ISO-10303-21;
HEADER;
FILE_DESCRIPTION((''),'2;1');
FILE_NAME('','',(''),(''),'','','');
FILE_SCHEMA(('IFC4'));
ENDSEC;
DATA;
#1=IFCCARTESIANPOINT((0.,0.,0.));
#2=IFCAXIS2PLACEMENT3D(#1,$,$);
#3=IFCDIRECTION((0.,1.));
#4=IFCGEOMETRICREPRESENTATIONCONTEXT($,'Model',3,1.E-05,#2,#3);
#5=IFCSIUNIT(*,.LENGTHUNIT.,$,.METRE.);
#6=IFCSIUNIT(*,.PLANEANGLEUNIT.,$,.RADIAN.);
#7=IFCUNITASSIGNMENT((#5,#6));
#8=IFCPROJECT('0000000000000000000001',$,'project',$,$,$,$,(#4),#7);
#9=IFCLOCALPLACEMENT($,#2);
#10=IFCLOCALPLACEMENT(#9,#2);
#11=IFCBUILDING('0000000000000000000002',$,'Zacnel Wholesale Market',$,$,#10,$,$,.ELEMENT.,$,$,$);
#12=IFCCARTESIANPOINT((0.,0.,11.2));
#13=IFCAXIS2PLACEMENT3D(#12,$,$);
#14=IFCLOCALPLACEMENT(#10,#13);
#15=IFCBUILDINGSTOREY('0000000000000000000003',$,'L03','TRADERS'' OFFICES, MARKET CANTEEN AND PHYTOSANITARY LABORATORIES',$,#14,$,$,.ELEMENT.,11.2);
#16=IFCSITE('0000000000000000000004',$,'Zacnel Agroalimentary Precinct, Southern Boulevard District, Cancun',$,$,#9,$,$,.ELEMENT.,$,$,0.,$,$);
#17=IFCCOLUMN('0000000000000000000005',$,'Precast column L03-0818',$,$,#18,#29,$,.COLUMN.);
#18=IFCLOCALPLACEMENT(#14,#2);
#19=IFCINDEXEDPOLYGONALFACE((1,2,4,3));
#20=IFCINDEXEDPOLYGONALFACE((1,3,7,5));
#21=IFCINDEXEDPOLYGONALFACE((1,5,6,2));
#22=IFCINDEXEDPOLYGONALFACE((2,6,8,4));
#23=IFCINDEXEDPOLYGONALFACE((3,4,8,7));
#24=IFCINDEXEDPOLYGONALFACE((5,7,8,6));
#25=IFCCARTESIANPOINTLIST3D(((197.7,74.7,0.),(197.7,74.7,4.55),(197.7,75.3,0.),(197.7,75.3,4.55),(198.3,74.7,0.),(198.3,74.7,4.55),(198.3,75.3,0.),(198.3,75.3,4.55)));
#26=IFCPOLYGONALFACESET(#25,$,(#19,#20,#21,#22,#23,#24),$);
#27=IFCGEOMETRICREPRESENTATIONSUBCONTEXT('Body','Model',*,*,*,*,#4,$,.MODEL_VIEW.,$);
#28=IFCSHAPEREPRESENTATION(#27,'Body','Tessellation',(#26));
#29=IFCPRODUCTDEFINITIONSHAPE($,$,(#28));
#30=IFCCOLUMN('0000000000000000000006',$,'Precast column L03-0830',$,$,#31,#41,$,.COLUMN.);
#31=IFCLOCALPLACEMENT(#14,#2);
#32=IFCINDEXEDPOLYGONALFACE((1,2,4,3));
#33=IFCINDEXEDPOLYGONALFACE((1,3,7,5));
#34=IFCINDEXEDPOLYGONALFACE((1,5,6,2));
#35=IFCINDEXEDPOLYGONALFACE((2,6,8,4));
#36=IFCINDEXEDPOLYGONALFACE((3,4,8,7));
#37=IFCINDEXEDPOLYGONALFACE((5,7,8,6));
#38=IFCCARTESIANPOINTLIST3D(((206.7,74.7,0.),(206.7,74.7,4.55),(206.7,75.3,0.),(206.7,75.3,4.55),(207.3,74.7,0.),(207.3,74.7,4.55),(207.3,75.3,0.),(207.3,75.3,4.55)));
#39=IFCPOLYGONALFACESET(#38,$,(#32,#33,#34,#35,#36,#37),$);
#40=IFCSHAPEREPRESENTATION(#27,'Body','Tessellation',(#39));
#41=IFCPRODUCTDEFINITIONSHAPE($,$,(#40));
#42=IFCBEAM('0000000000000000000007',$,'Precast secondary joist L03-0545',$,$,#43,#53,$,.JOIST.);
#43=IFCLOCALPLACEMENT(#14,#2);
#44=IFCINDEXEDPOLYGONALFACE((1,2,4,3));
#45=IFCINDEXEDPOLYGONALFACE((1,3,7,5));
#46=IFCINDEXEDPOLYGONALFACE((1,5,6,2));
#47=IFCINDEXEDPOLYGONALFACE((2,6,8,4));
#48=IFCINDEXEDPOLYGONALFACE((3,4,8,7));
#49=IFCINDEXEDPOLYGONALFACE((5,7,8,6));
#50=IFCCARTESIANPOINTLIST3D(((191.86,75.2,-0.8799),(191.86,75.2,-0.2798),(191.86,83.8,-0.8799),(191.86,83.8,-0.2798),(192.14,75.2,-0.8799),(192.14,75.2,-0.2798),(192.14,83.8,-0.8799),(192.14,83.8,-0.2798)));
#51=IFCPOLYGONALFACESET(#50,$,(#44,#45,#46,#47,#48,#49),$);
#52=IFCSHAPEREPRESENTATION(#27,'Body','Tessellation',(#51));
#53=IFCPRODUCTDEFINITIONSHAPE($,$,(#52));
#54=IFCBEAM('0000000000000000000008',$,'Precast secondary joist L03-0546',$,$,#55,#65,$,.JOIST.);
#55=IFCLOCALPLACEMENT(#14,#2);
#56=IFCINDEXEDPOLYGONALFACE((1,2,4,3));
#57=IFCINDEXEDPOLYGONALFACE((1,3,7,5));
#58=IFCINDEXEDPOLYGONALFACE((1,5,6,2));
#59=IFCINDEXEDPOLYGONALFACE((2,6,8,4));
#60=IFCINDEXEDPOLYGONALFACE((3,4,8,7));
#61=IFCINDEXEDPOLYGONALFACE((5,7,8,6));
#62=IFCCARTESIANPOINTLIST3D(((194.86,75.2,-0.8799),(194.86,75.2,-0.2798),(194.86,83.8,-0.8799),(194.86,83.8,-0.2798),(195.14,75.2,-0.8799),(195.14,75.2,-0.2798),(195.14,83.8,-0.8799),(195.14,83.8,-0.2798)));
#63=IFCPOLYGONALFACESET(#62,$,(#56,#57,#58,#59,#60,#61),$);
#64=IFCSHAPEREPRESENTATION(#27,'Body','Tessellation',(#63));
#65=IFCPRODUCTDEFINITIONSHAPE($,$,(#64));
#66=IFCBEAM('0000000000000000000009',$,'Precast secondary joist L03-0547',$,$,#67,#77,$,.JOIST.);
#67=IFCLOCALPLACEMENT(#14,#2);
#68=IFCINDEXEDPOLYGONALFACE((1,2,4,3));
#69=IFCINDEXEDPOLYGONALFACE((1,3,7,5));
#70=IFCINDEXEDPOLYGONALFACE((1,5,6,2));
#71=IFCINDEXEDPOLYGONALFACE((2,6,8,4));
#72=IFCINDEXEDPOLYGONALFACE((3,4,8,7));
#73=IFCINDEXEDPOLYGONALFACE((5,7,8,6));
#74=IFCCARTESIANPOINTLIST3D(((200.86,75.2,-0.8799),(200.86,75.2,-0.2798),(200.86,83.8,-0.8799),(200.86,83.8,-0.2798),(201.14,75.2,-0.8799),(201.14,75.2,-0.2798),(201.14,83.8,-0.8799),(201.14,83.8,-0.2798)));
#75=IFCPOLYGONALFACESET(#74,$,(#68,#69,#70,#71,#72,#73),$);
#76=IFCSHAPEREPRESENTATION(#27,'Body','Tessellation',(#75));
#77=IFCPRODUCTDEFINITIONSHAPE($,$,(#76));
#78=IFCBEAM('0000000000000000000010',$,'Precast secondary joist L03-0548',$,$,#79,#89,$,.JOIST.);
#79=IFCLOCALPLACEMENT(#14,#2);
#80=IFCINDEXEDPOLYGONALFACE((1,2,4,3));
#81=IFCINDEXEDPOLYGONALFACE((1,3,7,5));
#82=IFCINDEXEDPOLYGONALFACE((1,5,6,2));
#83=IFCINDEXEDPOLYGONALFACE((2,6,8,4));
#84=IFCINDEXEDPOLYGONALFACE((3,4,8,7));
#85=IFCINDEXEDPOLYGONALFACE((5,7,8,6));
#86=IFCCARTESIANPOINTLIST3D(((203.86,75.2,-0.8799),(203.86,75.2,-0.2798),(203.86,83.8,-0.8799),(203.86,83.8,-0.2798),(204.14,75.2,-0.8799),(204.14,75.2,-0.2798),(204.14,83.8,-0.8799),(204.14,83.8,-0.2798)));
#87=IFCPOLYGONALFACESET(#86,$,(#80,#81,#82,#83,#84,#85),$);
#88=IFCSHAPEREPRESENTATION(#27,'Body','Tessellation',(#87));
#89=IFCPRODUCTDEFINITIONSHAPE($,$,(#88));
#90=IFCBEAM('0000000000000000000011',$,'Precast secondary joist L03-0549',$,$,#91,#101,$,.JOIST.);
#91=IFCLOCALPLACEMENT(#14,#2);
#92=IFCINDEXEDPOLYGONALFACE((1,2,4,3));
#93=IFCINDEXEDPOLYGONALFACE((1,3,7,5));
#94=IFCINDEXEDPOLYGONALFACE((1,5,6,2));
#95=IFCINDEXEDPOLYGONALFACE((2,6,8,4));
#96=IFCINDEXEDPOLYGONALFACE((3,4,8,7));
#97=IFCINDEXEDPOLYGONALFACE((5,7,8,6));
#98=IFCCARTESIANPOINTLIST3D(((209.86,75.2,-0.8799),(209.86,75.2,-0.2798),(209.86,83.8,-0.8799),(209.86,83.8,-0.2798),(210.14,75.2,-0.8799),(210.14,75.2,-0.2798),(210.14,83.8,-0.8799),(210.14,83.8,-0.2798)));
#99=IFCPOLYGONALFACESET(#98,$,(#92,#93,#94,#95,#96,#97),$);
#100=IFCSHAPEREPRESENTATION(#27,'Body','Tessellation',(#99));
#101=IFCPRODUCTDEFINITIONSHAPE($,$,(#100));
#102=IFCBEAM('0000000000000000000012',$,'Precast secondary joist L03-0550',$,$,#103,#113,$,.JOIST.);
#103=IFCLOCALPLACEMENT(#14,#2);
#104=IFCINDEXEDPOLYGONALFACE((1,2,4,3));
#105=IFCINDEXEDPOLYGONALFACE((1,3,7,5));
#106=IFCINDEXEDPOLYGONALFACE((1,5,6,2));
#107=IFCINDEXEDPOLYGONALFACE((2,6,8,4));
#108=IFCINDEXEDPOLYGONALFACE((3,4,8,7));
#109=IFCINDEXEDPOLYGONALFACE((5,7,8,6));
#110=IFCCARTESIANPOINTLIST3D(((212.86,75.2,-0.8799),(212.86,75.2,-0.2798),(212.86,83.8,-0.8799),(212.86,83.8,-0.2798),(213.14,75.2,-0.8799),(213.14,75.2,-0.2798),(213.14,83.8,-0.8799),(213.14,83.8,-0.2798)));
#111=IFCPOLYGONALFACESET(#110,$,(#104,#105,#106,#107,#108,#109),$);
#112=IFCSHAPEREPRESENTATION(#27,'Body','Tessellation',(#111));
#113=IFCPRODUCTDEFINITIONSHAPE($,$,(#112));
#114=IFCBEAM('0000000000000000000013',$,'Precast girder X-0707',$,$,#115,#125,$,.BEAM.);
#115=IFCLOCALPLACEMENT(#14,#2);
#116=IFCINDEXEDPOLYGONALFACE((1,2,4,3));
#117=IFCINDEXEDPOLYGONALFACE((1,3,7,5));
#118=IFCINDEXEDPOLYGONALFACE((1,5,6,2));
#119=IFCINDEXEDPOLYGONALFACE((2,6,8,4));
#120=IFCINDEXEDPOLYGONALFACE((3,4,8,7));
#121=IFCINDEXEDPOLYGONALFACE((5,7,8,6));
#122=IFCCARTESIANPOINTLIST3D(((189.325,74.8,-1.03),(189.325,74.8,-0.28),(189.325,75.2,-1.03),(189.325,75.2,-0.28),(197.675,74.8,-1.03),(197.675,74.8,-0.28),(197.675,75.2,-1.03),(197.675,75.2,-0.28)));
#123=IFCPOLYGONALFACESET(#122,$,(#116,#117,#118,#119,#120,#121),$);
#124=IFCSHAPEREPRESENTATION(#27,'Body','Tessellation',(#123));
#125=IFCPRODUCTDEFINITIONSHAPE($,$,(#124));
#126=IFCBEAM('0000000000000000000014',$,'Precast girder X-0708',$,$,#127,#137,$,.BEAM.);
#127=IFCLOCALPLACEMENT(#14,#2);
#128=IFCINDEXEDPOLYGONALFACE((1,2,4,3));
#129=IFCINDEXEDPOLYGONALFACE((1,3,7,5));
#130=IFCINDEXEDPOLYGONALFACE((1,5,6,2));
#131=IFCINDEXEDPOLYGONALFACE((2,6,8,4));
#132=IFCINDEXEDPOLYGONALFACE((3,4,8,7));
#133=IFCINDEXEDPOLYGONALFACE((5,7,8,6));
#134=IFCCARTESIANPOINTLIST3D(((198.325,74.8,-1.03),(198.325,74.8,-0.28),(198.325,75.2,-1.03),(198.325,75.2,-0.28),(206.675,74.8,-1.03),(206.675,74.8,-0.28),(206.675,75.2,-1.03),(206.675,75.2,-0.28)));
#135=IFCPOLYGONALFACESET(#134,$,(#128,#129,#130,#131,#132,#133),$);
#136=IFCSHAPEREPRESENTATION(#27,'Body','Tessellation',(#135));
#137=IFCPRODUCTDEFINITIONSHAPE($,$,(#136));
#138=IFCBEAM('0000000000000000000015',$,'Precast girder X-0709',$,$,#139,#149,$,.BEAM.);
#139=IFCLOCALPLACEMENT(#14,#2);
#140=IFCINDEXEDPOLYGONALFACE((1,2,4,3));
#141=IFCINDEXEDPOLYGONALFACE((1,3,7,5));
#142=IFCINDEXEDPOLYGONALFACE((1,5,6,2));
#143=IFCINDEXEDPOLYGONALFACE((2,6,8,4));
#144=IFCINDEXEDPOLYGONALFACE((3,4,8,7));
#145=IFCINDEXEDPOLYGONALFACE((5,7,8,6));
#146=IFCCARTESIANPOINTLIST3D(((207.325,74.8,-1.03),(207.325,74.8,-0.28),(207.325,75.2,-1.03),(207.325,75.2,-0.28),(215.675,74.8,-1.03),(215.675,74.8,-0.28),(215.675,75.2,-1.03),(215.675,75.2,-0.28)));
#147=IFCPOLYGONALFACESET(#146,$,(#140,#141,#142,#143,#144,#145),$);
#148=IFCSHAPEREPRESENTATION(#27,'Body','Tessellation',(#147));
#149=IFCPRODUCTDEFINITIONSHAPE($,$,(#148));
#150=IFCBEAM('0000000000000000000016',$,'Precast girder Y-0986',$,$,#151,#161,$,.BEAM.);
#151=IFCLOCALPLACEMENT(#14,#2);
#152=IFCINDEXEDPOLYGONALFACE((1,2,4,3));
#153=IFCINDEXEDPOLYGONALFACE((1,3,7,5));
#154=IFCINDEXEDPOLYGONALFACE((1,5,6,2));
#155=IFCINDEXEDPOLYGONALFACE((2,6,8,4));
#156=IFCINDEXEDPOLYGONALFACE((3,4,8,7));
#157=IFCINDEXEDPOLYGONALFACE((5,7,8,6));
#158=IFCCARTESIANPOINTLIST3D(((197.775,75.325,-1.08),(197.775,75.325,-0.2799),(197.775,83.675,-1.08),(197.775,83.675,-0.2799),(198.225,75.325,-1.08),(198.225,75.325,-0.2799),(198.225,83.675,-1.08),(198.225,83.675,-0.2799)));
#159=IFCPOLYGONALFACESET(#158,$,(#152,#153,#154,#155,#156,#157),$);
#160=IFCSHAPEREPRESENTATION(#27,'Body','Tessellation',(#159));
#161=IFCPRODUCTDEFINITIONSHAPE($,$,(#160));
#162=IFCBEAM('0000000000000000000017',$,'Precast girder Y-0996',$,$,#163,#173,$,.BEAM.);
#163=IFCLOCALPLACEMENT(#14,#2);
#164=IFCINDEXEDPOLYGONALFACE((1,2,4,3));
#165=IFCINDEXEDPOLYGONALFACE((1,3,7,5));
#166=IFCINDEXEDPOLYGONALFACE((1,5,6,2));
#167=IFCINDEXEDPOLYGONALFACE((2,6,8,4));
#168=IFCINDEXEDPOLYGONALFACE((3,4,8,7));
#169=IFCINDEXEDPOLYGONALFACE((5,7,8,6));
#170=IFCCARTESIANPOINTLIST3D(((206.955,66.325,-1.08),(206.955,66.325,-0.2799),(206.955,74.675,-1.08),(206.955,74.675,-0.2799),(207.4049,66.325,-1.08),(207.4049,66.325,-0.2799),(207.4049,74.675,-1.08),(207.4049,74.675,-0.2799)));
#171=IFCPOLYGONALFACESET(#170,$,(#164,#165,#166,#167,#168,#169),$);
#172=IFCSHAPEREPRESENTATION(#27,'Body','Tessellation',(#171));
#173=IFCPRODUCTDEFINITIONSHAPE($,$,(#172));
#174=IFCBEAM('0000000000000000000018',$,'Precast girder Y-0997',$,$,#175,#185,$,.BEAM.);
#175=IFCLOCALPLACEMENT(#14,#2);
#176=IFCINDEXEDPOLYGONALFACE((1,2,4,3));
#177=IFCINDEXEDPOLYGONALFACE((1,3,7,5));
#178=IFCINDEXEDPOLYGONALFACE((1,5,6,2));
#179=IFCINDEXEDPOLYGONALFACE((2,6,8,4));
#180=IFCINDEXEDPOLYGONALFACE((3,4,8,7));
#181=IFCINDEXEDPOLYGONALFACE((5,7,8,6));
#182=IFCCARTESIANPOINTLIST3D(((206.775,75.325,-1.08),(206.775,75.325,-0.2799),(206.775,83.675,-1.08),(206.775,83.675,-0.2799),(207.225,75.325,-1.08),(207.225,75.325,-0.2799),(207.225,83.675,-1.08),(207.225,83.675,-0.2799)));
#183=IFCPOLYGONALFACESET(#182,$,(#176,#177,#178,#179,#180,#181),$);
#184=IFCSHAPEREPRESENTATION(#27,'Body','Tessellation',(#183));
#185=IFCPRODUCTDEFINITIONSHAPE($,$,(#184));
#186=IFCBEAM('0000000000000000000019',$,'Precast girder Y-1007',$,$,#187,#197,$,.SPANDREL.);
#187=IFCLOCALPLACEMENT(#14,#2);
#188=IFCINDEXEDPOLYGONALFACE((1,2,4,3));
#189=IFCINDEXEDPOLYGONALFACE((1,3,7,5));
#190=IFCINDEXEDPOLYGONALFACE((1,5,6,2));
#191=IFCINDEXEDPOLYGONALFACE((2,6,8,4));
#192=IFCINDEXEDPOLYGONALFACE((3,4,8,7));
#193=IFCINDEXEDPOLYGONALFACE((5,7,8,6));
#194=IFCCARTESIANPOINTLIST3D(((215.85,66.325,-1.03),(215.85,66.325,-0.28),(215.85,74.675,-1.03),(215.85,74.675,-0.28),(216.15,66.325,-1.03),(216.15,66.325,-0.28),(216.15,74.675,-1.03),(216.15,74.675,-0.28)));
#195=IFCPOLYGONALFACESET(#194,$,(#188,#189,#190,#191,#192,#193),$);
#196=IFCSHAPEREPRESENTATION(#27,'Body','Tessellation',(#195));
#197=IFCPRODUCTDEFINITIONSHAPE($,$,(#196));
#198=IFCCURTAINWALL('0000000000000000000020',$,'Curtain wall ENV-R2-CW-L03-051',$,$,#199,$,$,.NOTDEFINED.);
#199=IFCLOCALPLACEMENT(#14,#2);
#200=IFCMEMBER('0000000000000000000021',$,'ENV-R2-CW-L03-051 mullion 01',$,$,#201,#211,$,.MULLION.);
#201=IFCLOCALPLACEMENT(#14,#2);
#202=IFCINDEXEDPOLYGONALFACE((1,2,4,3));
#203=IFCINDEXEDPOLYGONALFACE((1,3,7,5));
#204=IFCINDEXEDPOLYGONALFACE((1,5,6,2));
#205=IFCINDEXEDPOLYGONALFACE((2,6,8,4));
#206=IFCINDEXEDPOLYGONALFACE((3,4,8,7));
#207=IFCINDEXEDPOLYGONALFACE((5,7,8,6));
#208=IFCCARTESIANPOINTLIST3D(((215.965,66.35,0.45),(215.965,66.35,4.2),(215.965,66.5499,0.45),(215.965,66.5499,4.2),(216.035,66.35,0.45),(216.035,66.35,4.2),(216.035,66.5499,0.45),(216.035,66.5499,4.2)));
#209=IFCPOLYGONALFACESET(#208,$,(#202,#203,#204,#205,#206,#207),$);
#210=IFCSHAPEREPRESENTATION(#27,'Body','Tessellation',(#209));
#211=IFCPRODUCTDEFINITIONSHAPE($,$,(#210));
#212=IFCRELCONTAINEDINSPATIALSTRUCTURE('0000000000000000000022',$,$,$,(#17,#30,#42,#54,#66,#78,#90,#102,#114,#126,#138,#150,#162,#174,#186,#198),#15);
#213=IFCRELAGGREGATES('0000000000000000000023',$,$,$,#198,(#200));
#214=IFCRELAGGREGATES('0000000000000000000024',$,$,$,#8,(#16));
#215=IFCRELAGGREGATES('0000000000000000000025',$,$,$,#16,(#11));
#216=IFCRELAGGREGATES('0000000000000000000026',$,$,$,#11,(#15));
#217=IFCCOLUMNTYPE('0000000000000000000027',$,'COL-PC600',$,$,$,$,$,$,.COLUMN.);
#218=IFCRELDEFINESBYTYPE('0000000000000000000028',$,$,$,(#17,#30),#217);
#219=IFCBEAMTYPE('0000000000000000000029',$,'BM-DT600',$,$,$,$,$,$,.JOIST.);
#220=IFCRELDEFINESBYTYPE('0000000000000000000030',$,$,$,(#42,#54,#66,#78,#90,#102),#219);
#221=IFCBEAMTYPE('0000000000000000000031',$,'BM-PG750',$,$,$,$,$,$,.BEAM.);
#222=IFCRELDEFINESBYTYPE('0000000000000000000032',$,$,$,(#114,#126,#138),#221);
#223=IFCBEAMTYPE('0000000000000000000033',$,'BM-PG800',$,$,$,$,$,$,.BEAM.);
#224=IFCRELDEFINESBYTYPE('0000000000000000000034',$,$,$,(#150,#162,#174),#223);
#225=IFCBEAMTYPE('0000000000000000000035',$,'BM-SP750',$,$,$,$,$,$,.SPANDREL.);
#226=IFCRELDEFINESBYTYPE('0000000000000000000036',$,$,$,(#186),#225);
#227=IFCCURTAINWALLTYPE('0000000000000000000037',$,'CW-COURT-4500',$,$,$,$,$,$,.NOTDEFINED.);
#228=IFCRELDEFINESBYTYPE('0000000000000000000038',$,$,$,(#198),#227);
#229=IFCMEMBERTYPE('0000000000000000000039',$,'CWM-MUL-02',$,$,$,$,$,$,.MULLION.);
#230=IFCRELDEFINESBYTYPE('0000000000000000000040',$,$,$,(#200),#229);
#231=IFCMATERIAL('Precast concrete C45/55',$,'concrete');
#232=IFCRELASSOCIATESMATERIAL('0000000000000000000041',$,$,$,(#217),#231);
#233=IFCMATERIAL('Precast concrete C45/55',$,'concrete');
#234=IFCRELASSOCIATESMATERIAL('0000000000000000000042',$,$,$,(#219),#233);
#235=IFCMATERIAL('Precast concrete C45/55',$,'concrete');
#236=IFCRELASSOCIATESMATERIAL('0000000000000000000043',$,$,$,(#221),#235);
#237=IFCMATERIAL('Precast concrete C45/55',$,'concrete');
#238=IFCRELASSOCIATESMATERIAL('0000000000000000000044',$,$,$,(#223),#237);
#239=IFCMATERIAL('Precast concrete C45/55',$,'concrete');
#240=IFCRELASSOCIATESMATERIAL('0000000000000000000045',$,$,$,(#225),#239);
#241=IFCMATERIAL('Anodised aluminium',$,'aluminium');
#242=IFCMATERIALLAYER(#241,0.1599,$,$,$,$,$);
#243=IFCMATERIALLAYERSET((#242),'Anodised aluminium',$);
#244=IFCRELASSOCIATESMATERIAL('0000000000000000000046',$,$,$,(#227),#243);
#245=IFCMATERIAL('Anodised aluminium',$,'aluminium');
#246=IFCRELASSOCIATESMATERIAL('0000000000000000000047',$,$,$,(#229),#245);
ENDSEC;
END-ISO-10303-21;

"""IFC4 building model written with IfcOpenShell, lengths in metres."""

from ifc_helpers import new_model, si_unit, direction, frame, origin, origin_2d, place, context, subcontext, project, spatial, rectangle, extrude, material, layer, layer_set, material_profile, profile_set, type_object, element, aggregate, save


model = new_model("IFC4")

# Units and contexts
model_context = context("Model", 3, precision=1e-05, world=origin(), true_north=direction((0.0, 1.0)))
body_context = subcontext(model_context, "Body", "Model", "MODEL_VIEW")
ifc_project = project(units=[si_unit("LENGTHUNIT", "METRE"), si_unit("PLANEANGLEUNIT", "RADIAN")], contexts=[model_context])

# Site, building, storey
site_placement = place(None, origin())
site = spatial("IfcSite", under=ifc_project, at=site_placement, Name="Zacnel Agroalimentary Precinct, Southern Boulevard District, Cancun", CompositionType="ELEMENT", RefElevation=0.0)
building_placement = place(site_placement, origin())
building = spatial("IfcBuilding", under=site, at=building_placement, Name="Zacnel Wholesale Market", CompositionType="ELEMENT")
storey_placement = place(building_placement, frame((0.0, 0.0, 11.2)))
storey = spatial("IfcBuildingStorey", under=building, at=storey_placement, Name="L03", Description="TRADERS' OFFICES, MARKET CANTEEN AND PHYTOSANITARY LABORATORIES", CompositionType="ELEMENT", Elevation=11.2)

# Columns
ifc_material_1 = material(Name="Precast concrete C45/55", Category="concrete")
ifc_material_profile_1 = material_profile(ifc_material_1, rectangle(XDim=0.6001, YDim=0.6001, at=origin_2d()), Name="PC 600x600")
ifc_profile_set_1 = profile_set([ifc_material_profile_1], Name="Precast concrete C45/55")
column_type = type_object("IfcColumnType", Name="COL-PC600", PredefinedType="COLUMN", material=ifc_profile_set_1)
for number, where, z_axis, x_axis, name in (
    (1, (198.0, 75.0, 0.0), (0.0, 0.0, 1.0), (1.0, 0.0, 0.0), "Precast column L03-0818"),
    (2, (207.0, 75.0, 0.0), (0.0, 0.0, 1.0), (1.0, 0.0, 0.0), "Precast column L03-0830"),
):
    element("IfcColumn", number, at=place(storey_placement, frame(where, z_axis=z_axis, x_axis=x_axis)), inside=storey, type_object=column_type, Name=name, PredefinedType="COLUMN", context=body_context, shape_type="SweptSolid", body=[
        extrude(rectangle(XDim=0.6001, YDim=0.6001, at=origin_2d()), origin(), (0.0, 0.0, 1.0), 4.55),
    ])

# Beams
ifc_material_2 = material(Name="Precast concrete C45/55", Category="concrete")
ifc_material_profile_2 = material_profile(ifc_material_2, rectangle(XDim=0.28, YDim=0.6001, at=origin_2d()), Name="DT RIB 280x600")
ifc_profile_set_2 = profile_set([ifc_material_profile_2], Name="Precast concrete C45/55")
beam_type_1 = type_object("IfcBeamType", Name="BM-DT600", PredefinedType="JOIST", material=ifc_profile_set_2)
for number, where, z_axis, x_axis, name in (
    (3, (192.0, 75.2, -0.5798), (0.0, 1.0, 0.0), (-1.0, 0.0, 0.0), "Precast secondary joist L03-0545"),
    (4, (195.0, 75.2, -0.5798), (0.0, 1.0, 0.0), (-1.0, 0.0, 0.0), "Precast secondary joist L03-0546"),
    (5, (201.0, 75.2, -0.5798), (0.0, 1.0, 0.0), (-1.0, 0.0, 0.0), "Precast secondary joist L03-0547"),
    (6, (204.0, 75.2, -0.5798), (0.0, 1.0, 0.0), (-1.0, 0.0, 0.0), "Precast secondary joist L03-0548"),
    (7, (210.0, 75.2, -0.5798), (0.0, 1.0, 0.0), (-1.0, 0.0, 0.0), "Precast secondary joist L03-0549"),
    (8, (213.0, 75.2, -0.5798), (0.0, 1.0, 0.0), (-1.0, 0.0, 0.0), "Precast secondary joist L03-0550"),
):
    element("IfcBeam", number, at=place(storey_placement, frame(where, z_axis=z_axis, x_axis=x_axis)), inside=storey, type_object=beam_type_1, Name=name, PredefinedType="JOIST", context=body_context, shape_type="SweptSolid", body=[
        extrude(rectangle(XDim=0.28, YDim=0.6001, at=origin_2d()), origin(), (0.0, 0.0, 1.0), 8.6001),
    ])
ifc_material_3 = material(Name="Precast concrete C45/55", Category="concrete")
ifc_material_profile_3 = material_profile(ifc_material_3, rectangle(XDim=0.3999, YDim=0.75, at=origin_2d()), Name="PG 400x750")
ifc_profile_set_3 = profile_set([ifc_material_profile_3], Name="Precast concrete C45/55")
beam_type_2 = type_object("IfcBeamType", Name="BM-PG750", PredefinedType="BEAM", material=ifc_profile_set_3)
for number, where, z_axis, x_axis, name in (
    (9, (189.325, 75.0, -0.655), (1.0, 0.0, 0.0), (0.0, 1.0, 0.0), "Precast girder X-0707"),
    (10, (198.325, 75.0, -0.655), (1.0, 0.0, 0.0), (0.0, 1.0, 0.0), "Precast girder X-0708"),
    (11, (207.325, 75.0, -0.655), (1.0, 0.0, 0.0), (0.0, 1.0, 0.0), "Precast girder X-0709"),
):
    element("IfcBeam", number, at=place(storey_placement, frame(where, z_axis=z_axis, x_axis=x_axis)), inside=storey, type_object=beam_type_2, Name=name, PredefinedType="BEAM", context=body_context, shape_type="SweptSolid", body=[
        extrude(rectangle(XDim=0.3999, YDim=0.75, at=origin_2d()), origin(), (0.0, 0.0, 1.0), 8.3501),
    ])
ifc_material_4 = material(Name="Precast concrete C45/55", Category="concrete")
ifc_material_profile_4 = material_profile(ifc_material_4, rectangle(XDim=0.45, YDim=0.8, at=origin_2d()), Name="PG 450x800")
ifc_profile_set_4 = profile_set([ifc_material_profile_4], Name="Precast concrete C45/55")
beam_type_3 = type_object("IfcBeamType", Name="BM-PG800", PredefinedType="BEAM", material=ifc_profile_set_4)
for number, where, z_axis, x_axis, name in (
    (12, (198.0, 75.325, -0.6799), (0.0, 1.0, 0.0), (-1.0, 0.0, 0.0), "Precast girder Y-0986"),
    (13, (207.1799, 66.325, -0.6799), (0.0, 1.0, 0.0), (-1.0, 0.0, 0.0), "Precast girder Y-0996"),
    (14, (207.0, 75.325, -0.6799), (0.0, 1.0, 0.0), (-1.0, 0.0, 0.0), "Precast girder Y-0997"),
):
    element("IfcBeam", number, at=place(storey_placement, frame(where, z_axis=z_axis, x_axis=x_axis)), inside=storey, type_object=beam_type_3, Name=name, PredefinedType="BEAM", context=body_context, shape_type="SweptSolid", body=[
        extrude(rectangle(XDim=0.45, YDim=0.8, at=origin_2d()), origin(), (0.0, 0.0, 1.0), 8.3501),
    ])
ifc_material_5 = material(Name="Precast concrete C45/55", Category="concrete")
ifc_material_profile_5 = material_profile(ifc_material_5, rectangle(XDim=0.3, YDim=0.75, at=origin_2d()), Name="SP 300x750")
ifc_profile_set_5 = profile_set([ifc_material_profile_5], Name="Precast concrete C45/55")
beam_type_4 = type_object("IfcBeamType", Name="BM-SP750", PredefinedType="SPANDREL", material=ifc_profile_set_5)
beam_placement = place(storey_placement, frame((216.0, 66.325, -0.655), z_axis=(0.0, 1.0, 0.0), x_axis=(-1.0, 0.0, 0.0)))
element("IfcBeam", 15, at=beam_placement, inside=storey, type_object=beam_type_4, Name="Precast girder Y-1007", PredefinedType="SPANDREL", context=body_context, shape_type="SweptSolid", body=[
    extrude(rectangle(XDim=0.3, YDim=0.75, at=origin_2d()), origin(), (0.0, 0.0, 1.0), 8.3501),
])

# Curtain wall, member
ifc_material_6 = material(Name="Anodised aluminium", Category="aluminium")
ifc_layer_1 = layer(ifc_material_6, 0.1599)
ifc_layer_set_1 = layer_set([ifc_layer_1], Name="Anodised aluminium")
curtain_wall_type = type_object("IfcCurtainWallType", Name="CW-COURT-4500", PredefinedType="NOTDEFINED", material=ifc_layer_set_1)
curtain_wall_placement = place(storey_placement, origin())
curtain_wall = element("IfcCurtainWall", 16, at=curtain_wall_placement, inside=storey, type_object=curtain_wall_type, Name="Curtain wall ENV-R2-CW-L03-051", PredefinedType="NOTDEFINED")
ifc_material_7 = material(Name="Anodised aluminium", Category="aluminium")
ifc_material_profile_6 = material_profile(ifc_material_7, rectangle(XDim=0.0701, YDim=0.2, at=origin_2d()), Name="AW-MULLION 70x200")
ifc_profile_set_6 = profile_set([ifc_material_profile_6], Name="Anodised aluminium")
member_type_1 = type_object("IfcMemberType", Name="CWM-MUL-02", PredefinedType="MULLION", material=ifc_profile_set_6)
member_1_placement = place(storey_placement, frame((216.0, 66.45, 0.45), z_axis=(0.0, 0.0, 1.0), x_axis=(1.0, 0.0, 0.0)))
member_1 = element("IfcMember", 17, at=member_1_placement, type_object=member_type_1, Name="ENV-R2-CW-L03-051 mullion 01", PredefinedType="MULLION", context=body_context, shape_type="SweptSolid", body=[
    extrude(rectangle(XDim=0.0701, YDim=0.2, at=origin_2d()), origin(), (0.0, 0.0, 1.0), 3.75),
])
aggregate(curtain_wall, [member_1])

save(model, "model.ifc")
